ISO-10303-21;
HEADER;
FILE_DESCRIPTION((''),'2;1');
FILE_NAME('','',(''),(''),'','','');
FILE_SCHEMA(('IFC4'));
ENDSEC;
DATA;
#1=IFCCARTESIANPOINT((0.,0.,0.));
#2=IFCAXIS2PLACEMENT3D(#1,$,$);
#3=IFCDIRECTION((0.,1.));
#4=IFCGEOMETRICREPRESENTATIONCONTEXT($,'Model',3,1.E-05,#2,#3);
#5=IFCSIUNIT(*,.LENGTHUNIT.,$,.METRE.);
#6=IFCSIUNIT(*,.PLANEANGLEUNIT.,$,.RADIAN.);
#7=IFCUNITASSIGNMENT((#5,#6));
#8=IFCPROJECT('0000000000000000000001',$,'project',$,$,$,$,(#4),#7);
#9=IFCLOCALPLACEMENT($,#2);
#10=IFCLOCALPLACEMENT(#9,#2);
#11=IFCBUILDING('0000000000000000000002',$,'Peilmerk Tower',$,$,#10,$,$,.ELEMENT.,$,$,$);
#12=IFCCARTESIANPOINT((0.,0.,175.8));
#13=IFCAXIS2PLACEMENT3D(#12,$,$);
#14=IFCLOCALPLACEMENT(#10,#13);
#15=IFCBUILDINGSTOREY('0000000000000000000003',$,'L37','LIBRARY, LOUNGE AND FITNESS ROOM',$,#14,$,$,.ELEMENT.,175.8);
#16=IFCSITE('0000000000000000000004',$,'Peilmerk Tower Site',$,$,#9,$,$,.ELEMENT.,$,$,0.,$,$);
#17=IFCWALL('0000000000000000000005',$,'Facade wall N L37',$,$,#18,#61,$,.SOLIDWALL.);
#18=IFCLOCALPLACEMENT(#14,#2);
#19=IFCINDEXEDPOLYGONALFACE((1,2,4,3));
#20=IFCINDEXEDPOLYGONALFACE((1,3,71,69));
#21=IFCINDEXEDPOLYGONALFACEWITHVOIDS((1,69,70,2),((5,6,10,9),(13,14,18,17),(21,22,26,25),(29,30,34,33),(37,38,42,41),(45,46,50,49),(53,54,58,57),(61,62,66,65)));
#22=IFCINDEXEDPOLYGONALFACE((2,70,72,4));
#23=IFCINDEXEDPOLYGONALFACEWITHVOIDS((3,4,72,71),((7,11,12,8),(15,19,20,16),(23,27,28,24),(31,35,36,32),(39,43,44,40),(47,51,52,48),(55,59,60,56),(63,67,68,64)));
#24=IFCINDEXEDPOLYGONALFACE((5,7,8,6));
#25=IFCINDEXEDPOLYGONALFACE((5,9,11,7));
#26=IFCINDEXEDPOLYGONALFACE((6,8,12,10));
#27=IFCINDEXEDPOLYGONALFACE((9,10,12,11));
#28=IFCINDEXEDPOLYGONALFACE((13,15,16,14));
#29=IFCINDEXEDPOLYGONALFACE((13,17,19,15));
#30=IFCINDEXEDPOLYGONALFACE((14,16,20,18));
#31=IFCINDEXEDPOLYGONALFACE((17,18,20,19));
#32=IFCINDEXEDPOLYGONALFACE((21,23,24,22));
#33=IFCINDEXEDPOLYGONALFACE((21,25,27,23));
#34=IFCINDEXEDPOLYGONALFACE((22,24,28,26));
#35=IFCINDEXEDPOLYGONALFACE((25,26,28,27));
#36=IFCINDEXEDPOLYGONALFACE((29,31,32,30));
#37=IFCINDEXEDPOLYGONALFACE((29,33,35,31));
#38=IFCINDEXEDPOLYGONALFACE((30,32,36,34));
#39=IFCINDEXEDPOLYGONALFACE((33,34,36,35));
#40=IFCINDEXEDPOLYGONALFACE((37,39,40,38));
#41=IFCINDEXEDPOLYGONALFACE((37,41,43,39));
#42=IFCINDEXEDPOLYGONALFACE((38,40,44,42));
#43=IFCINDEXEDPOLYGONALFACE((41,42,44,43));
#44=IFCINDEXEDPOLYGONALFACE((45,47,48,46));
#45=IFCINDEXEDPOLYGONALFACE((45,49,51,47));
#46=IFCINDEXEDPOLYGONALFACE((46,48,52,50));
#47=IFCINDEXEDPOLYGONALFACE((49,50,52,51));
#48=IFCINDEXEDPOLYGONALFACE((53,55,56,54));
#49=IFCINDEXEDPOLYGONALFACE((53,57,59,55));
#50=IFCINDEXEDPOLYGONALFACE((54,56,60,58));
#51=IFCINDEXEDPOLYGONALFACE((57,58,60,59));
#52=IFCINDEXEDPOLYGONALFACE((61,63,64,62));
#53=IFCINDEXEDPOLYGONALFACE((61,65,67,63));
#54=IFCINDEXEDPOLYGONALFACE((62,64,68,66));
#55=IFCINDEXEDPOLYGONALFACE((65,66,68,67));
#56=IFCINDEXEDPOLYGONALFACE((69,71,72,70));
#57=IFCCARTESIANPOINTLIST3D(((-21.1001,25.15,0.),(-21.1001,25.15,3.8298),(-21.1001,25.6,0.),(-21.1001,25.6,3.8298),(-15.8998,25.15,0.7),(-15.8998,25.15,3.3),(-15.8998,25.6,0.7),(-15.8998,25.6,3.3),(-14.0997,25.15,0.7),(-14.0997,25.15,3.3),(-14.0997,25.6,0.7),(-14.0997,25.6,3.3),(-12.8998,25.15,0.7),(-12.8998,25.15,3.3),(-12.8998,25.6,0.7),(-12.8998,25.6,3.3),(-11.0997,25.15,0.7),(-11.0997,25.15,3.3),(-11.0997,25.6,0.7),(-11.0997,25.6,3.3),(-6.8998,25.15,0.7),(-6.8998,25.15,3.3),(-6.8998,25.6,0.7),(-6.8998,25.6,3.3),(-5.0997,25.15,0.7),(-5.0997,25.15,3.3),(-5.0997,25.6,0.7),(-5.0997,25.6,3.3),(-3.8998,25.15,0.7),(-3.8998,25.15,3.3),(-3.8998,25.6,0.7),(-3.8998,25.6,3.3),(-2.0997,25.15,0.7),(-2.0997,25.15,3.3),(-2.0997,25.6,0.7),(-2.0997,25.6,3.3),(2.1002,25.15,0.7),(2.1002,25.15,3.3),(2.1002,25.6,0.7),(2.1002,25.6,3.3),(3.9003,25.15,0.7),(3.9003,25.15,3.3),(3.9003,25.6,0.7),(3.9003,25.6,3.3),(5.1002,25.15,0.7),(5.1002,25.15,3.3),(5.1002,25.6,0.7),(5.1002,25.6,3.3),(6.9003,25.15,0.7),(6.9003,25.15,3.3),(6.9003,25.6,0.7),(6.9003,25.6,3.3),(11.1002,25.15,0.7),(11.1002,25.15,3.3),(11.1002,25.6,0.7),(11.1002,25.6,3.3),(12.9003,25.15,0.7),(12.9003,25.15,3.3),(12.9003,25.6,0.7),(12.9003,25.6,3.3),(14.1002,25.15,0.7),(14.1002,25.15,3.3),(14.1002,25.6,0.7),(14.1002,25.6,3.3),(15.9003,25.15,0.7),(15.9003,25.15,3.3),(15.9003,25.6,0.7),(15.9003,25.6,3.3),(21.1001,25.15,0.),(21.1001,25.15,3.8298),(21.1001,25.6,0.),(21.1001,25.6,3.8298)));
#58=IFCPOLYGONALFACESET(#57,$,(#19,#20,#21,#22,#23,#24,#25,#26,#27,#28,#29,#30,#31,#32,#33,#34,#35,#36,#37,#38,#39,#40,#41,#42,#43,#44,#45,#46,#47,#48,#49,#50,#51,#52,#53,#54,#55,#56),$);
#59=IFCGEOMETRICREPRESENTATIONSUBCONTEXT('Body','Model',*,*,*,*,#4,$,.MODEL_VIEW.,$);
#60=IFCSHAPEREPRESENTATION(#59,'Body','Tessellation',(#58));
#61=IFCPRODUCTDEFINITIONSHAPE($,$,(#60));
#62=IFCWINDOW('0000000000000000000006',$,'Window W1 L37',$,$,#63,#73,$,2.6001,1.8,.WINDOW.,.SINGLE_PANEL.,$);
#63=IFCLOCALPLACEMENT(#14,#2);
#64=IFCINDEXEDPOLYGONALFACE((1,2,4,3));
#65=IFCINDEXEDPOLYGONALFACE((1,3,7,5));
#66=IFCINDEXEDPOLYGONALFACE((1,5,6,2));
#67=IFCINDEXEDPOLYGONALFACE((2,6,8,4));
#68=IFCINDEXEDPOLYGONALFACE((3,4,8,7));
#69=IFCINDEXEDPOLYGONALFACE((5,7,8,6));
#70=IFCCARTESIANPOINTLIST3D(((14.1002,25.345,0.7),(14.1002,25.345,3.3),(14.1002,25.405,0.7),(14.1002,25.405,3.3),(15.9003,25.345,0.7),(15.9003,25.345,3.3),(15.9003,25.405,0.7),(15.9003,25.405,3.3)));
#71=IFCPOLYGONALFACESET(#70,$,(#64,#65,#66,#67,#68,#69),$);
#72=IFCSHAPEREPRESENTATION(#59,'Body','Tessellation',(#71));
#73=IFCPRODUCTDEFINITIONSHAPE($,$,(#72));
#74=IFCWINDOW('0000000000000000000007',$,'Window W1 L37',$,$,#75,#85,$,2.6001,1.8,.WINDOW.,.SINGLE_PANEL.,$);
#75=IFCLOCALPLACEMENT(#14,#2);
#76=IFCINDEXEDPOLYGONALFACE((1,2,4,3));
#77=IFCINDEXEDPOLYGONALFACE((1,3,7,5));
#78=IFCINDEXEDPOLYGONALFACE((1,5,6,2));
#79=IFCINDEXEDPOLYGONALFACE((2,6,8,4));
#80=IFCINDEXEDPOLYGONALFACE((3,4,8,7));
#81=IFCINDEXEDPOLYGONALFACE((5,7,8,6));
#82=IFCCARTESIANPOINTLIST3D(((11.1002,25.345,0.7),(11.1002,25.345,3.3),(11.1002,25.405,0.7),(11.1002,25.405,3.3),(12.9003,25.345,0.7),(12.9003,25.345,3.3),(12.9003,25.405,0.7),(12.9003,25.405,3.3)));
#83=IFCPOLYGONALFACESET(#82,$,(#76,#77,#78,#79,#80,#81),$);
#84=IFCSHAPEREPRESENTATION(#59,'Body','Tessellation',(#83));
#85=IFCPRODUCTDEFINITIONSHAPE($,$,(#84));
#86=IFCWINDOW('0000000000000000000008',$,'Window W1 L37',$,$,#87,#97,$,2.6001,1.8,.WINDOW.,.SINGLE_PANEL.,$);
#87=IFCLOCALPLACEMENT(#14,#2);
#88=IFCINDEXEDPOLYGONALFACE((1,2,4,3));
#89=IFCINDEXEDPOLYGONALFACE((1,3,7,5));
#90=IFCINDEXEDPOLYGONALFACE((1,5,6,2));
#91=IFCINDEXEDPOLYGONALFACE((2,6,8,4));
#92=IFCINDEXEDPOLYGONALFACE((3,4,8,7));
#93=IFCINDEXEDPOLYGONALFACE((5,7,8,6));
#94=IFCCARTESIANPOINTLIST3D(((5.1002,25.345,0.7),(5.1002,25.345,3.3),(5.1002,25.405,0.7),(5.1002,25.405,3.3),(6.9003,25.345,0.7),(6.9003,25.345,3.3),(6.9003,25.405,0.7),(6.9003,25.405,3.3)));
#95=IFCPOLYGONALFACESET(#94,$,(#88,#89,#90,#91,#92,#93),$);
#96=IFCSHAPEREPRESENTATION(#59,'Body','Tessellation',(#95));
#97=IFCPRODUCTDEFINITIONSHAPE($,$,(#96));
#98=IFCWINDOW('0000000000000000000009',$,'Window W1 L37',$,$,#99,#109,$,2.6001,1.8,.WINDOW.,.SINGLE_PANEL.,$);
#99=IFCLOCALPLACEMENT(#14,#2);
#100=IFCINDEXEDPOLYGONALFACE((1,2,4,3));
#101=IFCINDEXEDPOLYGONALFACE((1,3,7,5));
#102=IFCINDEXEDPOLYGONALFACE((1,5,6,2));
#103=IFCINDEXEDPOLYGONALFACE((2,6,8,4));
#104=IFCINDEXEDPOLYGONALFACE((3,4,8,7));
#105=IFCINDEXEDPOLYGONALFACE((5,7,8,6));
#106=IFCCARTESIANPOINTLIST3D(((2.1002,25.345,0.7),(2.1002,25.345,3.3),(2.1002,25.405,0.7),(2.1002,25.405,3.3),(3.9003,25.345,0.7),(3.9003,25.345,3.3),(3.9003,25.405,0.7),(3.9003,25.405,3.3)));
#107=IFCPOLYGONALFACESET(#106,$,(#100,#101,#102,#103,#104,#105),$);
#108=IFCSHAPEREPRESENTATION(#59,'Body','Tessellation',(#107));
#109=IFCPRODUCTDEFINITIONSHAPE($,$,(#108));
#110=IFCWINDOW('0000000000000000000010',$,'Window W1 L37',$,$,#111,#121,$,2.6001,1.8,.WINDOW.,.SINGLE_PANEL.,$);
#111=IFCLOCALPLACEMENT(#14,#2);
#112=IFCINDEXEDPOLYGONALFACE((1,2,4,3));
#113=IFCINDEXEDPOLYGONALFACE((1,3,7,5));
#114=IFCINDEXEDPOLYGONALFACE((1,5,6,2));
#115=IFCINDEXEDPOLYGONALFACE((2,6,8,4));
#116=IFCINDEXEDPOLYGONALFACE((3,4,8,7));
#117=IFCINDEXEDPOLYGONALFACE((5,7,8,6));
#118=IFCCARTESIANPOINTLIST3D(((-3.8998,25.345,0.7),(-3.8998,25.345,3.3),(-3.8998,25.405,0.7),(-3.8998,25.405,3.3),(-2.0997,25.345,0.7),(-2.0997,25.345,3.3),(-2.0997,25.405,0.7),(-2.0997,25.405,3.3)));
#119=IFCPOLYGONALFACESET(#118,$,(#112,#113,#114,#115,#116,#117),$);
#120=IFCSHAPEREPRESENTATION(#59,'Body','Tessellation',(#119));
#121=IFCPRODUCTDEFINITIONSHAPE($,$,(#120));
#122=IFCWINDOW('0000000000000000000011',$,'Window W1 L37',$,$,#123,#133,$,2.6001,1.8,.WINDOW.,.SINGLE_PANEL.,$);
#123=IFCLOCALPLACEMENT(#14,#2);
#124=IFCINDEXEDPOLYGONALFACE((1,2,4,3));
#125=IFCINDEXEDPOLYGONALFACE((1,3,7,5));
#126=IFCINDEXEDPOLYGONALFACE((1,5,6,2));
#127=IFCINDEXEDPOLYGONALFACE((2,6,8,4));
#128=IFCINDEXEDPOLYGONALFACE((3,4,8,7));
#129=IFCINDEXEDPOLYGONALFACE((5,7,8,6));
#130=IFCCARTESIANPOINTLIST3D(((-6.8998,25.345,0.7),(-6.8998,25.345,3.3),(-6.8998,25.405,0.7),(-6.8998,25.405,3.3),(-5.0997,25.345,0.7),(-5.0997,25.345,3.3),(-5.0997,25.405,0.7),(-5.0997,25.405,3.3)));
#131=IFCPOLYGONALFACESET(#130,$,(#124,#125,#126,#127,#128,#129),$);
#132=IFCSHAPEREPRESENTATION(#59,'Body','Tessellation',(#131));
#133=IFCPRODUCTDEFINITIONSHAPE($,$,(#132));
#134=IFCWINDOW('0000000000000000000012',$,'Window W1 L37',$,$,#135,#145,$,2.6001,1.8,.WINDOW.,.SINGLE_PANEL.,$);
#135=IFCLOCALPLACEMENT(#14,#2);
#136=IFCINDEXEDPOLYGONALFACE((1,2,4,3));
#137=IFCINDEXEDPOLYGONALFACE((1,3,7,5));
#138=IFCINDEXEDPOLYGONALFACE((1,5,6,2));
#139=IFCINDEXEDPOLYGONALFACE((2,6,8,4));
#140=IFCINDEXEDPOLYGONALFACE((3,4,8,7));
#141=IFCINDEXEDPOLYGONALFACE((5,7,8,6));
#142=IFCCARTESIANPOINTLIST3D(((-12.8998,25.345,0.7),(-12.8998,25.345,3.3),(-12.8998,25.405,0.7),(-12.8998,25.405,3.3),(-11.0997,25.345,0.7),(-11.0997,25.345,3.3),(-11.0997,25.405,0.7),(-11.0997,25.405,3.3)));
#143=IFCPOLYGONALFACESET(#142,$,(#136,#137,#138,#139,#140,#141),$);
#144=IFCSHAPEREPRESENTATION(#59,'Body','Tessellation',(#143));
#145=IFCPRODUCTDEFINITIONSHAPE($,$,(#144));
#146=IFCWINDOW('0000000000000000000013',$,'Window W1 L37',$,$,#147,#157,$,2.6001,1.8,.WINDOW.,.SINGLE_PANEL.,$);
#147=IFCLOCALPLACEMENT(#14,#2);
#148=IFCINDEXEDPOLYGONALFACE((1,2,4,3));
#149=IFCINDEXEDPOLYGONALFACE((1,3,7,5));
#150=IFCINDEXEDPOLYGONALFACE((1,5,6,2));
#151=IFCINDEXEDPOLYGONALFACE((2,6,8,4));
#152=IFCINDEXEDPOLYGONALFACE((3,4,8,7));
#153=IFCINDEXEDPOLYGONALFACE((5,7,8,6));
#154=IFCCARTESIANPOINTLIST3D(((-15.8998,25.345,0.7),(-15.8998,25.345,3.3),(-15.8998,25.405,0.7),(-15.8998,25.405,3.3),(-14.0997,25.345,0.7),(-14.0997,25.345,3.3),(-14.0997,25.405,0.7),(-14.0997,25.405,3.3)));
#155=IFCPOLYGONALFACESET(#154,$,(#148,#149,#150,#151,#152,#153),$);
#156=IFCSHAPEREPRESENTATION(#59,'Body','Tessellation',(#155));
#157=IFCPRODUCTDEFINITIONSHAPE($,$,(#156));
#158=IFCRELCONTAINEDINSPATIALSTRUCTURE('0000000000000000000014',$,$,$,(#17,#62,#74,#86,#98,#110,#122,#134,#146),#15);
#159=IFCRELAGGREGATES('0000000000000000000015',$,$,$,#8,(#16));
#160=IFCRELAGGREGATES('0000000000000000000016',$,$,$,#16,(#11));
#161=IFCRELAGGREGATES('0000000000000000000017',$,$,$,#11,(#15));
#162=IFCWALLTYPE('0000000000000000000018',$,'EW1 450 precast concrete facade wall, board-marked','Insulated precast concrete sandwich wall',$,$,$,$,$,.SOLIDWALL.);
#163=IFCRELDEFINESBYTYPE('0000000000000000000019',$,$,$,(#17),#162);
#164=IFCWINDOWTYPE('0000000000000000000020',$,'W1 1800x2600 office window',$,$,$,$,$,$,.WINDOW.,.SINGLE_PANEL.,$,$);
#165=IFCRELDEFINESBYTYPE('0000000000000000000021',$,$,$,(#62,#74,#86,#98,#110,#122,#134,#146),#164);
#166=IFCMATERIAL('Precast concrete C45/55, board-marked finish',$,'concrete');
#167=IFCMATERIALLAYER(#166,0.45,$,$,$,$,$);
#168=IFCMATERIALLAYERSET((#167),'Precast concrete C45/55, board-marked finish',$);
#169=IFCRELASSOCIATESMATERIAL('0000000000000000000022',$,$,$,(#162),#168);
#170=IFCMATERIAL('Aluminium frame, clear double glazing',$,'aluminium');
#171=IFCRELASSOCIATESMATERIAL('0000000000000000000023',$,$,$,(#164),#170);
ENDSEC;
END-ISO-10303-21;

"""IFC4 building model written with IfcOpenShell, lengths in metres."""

from ifc_helpers import new_model, si_unit, direction, frame, frame_2d, origin, place, context, subcontext, project, spatial, rectangle, extrude, material, layer, layer_set, type_object, element, fill, save


model = new_model("IFC4")

# Units and contexts
model_context = context("Model", 3, precision=1e-05, world=origin(), true_north=direction((0.0, 1.0)))
body_context = subcontext(model_context, "Body", "Model", "MODEL_VIEW")
ifc_project = project(units=[si_unit("LENGTHUNIT", "METRE"), si_unit("PLANEANGLEUNIT", "RADIAN")], contexts=[model_context])

# Site, building, storey
site_placement = place(None, origin())
site = spatial("IfcSite", under=ifc_project, at=site_placement, Name="Peilmerk Tower Site", CompositionType="ELEMENT", RefElevation=0.0)
building_placement = place(site_placement, origin())
building = spatial("IfcBuilding", under=site, at=building_placement, Name="Peilmerk Tower", CompositionType="ELEMENT")
storey_placement = place(building_placement, frame((0.0, 0.0, 175.8)))
storey = spatial("IfcBuildingStorey", under=building, at=storey_placement, Name="L37", Description="LIBRARY, LOUNGE AND FITNESS ROOM", CompositionType="ELEMENT", Elevation=175.8)

# Wall, openings, windows
ifc_material_1 = material(Name="Precast concrete C45/55, board-marked finish", Category="concrete")
ifc_layer_1 = layer(ifc_material_1, 0.45)
ifc_layer_set_1 = layer_set([ifc_layer_1], Name="Precast concrete C45/55, board-marked finish")
wall_type = type_object("IfcWallType", Name="EW1 450 precast concrete facade wall, board-marked", Description="Insulated precast concrete sandwich wall", PredefinedType="SOLIDWALL", material=ifc_layer_set_1)
wall_placement = place(storey_placement, frame((21.1001, 25.375, 0.0), z_axis=(0.0, 0.0, 1.0), x_axis=(-1.0, 0.0, 0.0)))
wall = element("IfcWall", 1, at=wall_placement, inside=storey, type_object=wall_type, Name="Facade wall N L37", PredefinedType="SOLIDWALL", context=body_context, shape_type="SweptSolid", body=[
    extrude(rectangle(XDim=42.2002, YDim=0.45, at=frame_2d((21.1001, 0.0))), origin(), (0.0, 0.0, 1.0), 3.8298),
])
opening_1_placement = place(wall_placement, frame((5.2, 0.0, 0.7)))
opening_1 = element("IfcOpeningElement", 2, at=opening_1_placement, cuts=wall, PredefinedType="OPENING", context=body_context, shape_type="SweptSolid", body=[
    extrude(rectangle(XDim=1.8, YDim=2.6001, at=frame_2d((0.8999, 1.3))), frame((0.0, 0.2349, 0.0), z_axis=(0.0, -1.0, 0.0), x_axis=(1.0, 0.0, 0.0)), (0.0, 0.0, 1.0), 0.47),
])
opening_2_placement = place(wall_placement, frame((8.2, 0.0, 0.7)))
opening_2 = element("IfcOpeningElement", 3, at=opening_2_placement, cuts=wall, PredefinedType="OPENING", context=body_context, shape_type="SweptSolid", body=[
    extrude(rectangle(XDim=1.8, YDim=2.6001, at=frame_2d((0.8999, 1.3))), frame((0.0, 0.2349, 0.0), z_axis=(0.0, -1.0, 0.0), x_axis=(1.0, 0.0, 0.0)), (0.0, 0.0, 1.0), 0.47),
])
opening_3_placement = place(wall_placement, frame((14.2, 0.0, 0.7)))
opening_3 = element("IfcOpeningElement", 4, at=opening_3_placement, cuts=wall, PredefinedType="OPENING", context=body_context, shape_type="SweptSolid", body=[
    extrude(rectangle(XDim=1.8, YDim=2.6001, at=frame_2d((0.8999, 1.3))), frame((0.0, 0.2349, 0.0), z_axis=(0.0, -1.0, 0.0), x_axis=(1.0, 0.0, 0.0)), (0.0, 0.0, 1.0), 0.47),
])
opening_4_placement = place(wall_placement, frame((17.2, 0.0, 0.7)))
opening_4 = element("IfcOpeningElement", 5, at=opening_4_placement, cuts=wall, PredefinedType="OPENING", context=body_context, shape_type="SweptSolid", body=[
    extrude(rectangle(XDim=1.8, YDim=2.6001, at=frame_2d((0.8999, 1.3))), frame((0.0, 0.2349, 0.0), z_axis=(0.0, -1.0, 0.0), x_axis=(1.0, 0.0, 0.0)), (0.0, 0.0, 1.0), 0.47),
])
opening_5_placement = place(wall_placement, frame((23.2, 0.0, 0.7)))
opening_5 = element("IfcOpeningElement", 6, at=opening_5_placement, cuts=wall, PredefinedType="OPENING", context=body_context, shape_type="SweptSolid", body=[
    extrude(rectangle(XDim=1.8, YDim=2.6001, at=frame_2d((0.8999, 1.3))), frame((0.0, 0.2349, 0.0), z_axis=(0.0, -1.0, 0.0), x_axis=(1.0, 0.0, 0.0)), (0.0, 0.0, 1.0), 0.47),
])
opening_6_placement = place(wall_placement, frame((26.2, 0.0, 0.7)))
opening_6 = element("IfcOpeningElement", 7, at=opening_6_placement, cuts=wall, PredefinedType="OPENING", context=body_context, shape_type="SweptSolid", body=[
    extrude(rectangle(XDim=1.8, YDim=2.6001, at=frame_2d((0.8999, 1.3))), frame((0.0, 0.2349, 0.0), z_axis=(0.0, -1.0, 0.0), x_axis=(1.0, 0.0, 0.0)), (0.0, 0.0, 1.0), 0.47),
])
opening_7_placement = place(wall_placement, frame((32.2, 0.0, 0.7)))
opening_7 = element("IfcOpeningElement", 8, at=opening_7_placement, cuts=wall, PredefinedType="OPENING", context=body_context, shape_type="SweptSolid", body=[
    extrude(rectangle(XDim=1.8, YDim=2.6001, at=frame_2d((0.8999, 1.3))), frame((0.0, 0.2349, 0.0), z_axis=(0.0, -1.0, 0.0), x_axis=(1.0, 0.0, 0.0)), (0.0, 0.0, 1.0), 0.47),
])
opening_8_placement = place(wall_placement, frame((35.2, 0.0, 0.7)))
opening_8 = element("IfcOpeningElement", 9, at=opening_8_placement, cuts=wall, PredefinedType="OPENING", context=body_context, shape_type="SweptSolid", body=[
    extrude(rectangle(XDim=1.8, YDim=2.6001, at=frame_2d((0.8999, 1.3))), frame((0.0, 0.2349, 0.0), z_axis=(0.0, -1.0, 0.0), x_axis=(1.0, 0.0, 0.0)), (0.0, 0.0, 1.0), 0.47),
])
ifc_material_2 = material(Name="Aluminium frame, clear double glazing", Category="aluminium")
window_type = type_object("IfcWindowType", Name="W1 1800x2600 office window", PartitioningType="SINGLE_PANEL", PredefinedType="WINDOW", material=ifc_material_2)
window_1_placement = place(opening_1_placement, origin())
window_1 = element("IfcWindow", 10, at=window_1_placement, inside=storey, type_object=window_type, Name="Window W1 L37", OverallHeight=2.6001, OverallWidth=1.8, PartitioningType="SINGLE_PANEL", PredefinedType="WINDOW", context=body_context, shape_type="SweptSolid", body=[
    extrude(rectangle(XDim=1.8, YDim=2.6001, at=frame_2d((0.8999, 1.3))), frame((0.0, 0.03, 0.0), z_axis=(0.0, -1.0, 0.0), x_axis=(1.0, 0.0, 0.0)), (0.0, 0.0, 1.0), 0.0601),
])
fill(opening_1, window_1)
window_2_placement = place(opening_2_placement, origin())
window_2 = element("IfcWindow", 11, at=window_2_placement, inside=storey, type_object=window_type, Name="Window W1 L37", OverallHeight=2.6001, OverallWidth=1.8, PartitioningType="SINGLE_PANEL", PredefinedType="WINDOW", context=body_context, shape_type="SweptSolid", body=[
    extrude(rectangle(XDim=1.8, YDim=2.6001, at=frame_2d((0.8999, 1.3))), frame((0.0, 0.03, 0.0), z_axis=(0.0, -1.0, 0.0), x_axis=(1.0, 0.0, 0.0)), (0.0, 0.0, 1.0), 0.0601),
])
fill(opening_2, window_2)
window_3_placement = place(opening_3_placement, origin())
window_3 = element("IfcWindow", 12, at=window_3_placement, inside=storey, type_object=window_type, Name="Window W1 L37", OverallHeight=2.6001, OverallWidth=1.8, PartitioningType="SINGLE_PANEL", PredefinedType="WINDOW", context=body_context, shape_type="SweptSolid", body=[
    extrude(rectangle(XDim=1.8, YDim=2.6001, at=frame_2d((0.8999, 1.3))), frame((0.0, 0.03, 0.0), z_axis=(0.0, -1.0, 0.0), x_axis=(1.0, 0.0, 0.0)), (0.0, 0.0, 1.0), 0.0601),
])
fill(opening_3, window_3)
window_4_placement = place(opening_4_placement, origin())
window_4 = element("IfcWindow", 13, at=window_4_placement, inside=storey, type_object=window_type, Name="Window W1 L37", OverallHeight=2.6001, OverallWidth=1.8, PartitioningType="SINGLE_PANEL", PredefinedType="WINDOW", context=body_context, shape_type="SweptSolid", body=[
    extrude(rectangle(XDim=1.8, YDim=2.6001, at=frame_2d((0.8999, 1.3))), frame((0.0, 0.03, 0.0), z_axis=(0.0, -1.0, 0.0), x_axis=(1.0, 0.0, 0.0)), (0.0, 0.0, 1.0), 0.0601),
])
fill(opening_4, window_4)
window_5_placement = place(opening_5_placement, origin())
window_5 = element("IfcWindow", 14, at=window_5_placement, inside=storey, type_object=window_type, Name="Window W1 L37", OverallHeight=2.6001, OverallWidth=1.8, PartitioningType="SINGLE_PANEL", PredefinedType="WINDOW", context=body_context, shape_type="SweptSolid", body=[
    extrude(rectangle(XDim=1.8, YDim=2.6001, at=frame_2d((0.8999, 1.3))), frame((0.0, 0.03, 0.0), z_axis=(0.0, -1.0, 0.0), x_axis=(1.0, 0.0, 0.0)), (0.0, 0.0, 1.0), 0.0601),
])
fill(opening_5, window_5)
window_6_placement = place(opening_6_placement, origin())
window_6 = element("IfcWindow", 15, at=window_6_placement, inside=storey, type_object=window_type, Name="Window W1 L37", OverallHeight=2.6001, OverallWidth=1.8, PartitioningType="SINGLE_PANEL", PredefinedType="WINDOW", context=body_context, shape_type="SweptSolid", body=[
    extrude(rectangle(XDim=1.8, YDim=2.6001, at=frame_2d((0.8999, 1.3))), frame((0.0, 0.03, 0.0), z_axis=(0.0, -1.0, 0.0), x_axis=(1.0, 0.0, 0.0)), (0.0, 0.0, 1.0), 0.0601),
])
fill(opening_6, window_6)
window_7_placement = place(opening_7_placement, origin())
window_7 = element("IfcWindow", 16, at=window_7_placement, inside=storey, type_object=window_type, Name="Window W1 L37", OverallHeight=2.6001, OverallWidth=1.8, PartitioningType="SINGLE_PANEL", PredefinedType="WINDOW", context=body_context, shape_type="SweptSolid", body=[
    extrude(rectangle(XDim=1.8, YDim=2.6001, at=frame_2d((0.8999, 1.3))), frame((0.0, 0.03, 0.0), z_axis=(0.0, -1.0, 0.0), x_axis=(1.0, 0.0, 0.0)), (0.0, 0.0, 1.0), 0.0601),
])
fill(opening_7, window_7)
window_8_placement = place(opening_8_placement, origin())
window_8 = element("IfcWindow", 17, at=window_8_placement, inside=storey, type_object=window_type, Name="Window W1 L37", OverallHeight=2.6001, OverallWidth=1.8, PartitioningType="SINGLE_PANEL", PredefinedType="WINDOW", context=body_context, shape_type="SweptSolid", body=[
    extrude(rectangle(XDim=1.8, YDim=2.6001, at=frame_2d((0.8999, 1.3))), frame((0.0, 0.03, 0.0), z_axis=(0.0, -1.0, 0.0), x_axis=(1.0, 0.0, 0.0)), (0.0, 0.0, 1.0), 0.0601),
])
fill(opening_8, window_8)

save(model, "model.ifc")
